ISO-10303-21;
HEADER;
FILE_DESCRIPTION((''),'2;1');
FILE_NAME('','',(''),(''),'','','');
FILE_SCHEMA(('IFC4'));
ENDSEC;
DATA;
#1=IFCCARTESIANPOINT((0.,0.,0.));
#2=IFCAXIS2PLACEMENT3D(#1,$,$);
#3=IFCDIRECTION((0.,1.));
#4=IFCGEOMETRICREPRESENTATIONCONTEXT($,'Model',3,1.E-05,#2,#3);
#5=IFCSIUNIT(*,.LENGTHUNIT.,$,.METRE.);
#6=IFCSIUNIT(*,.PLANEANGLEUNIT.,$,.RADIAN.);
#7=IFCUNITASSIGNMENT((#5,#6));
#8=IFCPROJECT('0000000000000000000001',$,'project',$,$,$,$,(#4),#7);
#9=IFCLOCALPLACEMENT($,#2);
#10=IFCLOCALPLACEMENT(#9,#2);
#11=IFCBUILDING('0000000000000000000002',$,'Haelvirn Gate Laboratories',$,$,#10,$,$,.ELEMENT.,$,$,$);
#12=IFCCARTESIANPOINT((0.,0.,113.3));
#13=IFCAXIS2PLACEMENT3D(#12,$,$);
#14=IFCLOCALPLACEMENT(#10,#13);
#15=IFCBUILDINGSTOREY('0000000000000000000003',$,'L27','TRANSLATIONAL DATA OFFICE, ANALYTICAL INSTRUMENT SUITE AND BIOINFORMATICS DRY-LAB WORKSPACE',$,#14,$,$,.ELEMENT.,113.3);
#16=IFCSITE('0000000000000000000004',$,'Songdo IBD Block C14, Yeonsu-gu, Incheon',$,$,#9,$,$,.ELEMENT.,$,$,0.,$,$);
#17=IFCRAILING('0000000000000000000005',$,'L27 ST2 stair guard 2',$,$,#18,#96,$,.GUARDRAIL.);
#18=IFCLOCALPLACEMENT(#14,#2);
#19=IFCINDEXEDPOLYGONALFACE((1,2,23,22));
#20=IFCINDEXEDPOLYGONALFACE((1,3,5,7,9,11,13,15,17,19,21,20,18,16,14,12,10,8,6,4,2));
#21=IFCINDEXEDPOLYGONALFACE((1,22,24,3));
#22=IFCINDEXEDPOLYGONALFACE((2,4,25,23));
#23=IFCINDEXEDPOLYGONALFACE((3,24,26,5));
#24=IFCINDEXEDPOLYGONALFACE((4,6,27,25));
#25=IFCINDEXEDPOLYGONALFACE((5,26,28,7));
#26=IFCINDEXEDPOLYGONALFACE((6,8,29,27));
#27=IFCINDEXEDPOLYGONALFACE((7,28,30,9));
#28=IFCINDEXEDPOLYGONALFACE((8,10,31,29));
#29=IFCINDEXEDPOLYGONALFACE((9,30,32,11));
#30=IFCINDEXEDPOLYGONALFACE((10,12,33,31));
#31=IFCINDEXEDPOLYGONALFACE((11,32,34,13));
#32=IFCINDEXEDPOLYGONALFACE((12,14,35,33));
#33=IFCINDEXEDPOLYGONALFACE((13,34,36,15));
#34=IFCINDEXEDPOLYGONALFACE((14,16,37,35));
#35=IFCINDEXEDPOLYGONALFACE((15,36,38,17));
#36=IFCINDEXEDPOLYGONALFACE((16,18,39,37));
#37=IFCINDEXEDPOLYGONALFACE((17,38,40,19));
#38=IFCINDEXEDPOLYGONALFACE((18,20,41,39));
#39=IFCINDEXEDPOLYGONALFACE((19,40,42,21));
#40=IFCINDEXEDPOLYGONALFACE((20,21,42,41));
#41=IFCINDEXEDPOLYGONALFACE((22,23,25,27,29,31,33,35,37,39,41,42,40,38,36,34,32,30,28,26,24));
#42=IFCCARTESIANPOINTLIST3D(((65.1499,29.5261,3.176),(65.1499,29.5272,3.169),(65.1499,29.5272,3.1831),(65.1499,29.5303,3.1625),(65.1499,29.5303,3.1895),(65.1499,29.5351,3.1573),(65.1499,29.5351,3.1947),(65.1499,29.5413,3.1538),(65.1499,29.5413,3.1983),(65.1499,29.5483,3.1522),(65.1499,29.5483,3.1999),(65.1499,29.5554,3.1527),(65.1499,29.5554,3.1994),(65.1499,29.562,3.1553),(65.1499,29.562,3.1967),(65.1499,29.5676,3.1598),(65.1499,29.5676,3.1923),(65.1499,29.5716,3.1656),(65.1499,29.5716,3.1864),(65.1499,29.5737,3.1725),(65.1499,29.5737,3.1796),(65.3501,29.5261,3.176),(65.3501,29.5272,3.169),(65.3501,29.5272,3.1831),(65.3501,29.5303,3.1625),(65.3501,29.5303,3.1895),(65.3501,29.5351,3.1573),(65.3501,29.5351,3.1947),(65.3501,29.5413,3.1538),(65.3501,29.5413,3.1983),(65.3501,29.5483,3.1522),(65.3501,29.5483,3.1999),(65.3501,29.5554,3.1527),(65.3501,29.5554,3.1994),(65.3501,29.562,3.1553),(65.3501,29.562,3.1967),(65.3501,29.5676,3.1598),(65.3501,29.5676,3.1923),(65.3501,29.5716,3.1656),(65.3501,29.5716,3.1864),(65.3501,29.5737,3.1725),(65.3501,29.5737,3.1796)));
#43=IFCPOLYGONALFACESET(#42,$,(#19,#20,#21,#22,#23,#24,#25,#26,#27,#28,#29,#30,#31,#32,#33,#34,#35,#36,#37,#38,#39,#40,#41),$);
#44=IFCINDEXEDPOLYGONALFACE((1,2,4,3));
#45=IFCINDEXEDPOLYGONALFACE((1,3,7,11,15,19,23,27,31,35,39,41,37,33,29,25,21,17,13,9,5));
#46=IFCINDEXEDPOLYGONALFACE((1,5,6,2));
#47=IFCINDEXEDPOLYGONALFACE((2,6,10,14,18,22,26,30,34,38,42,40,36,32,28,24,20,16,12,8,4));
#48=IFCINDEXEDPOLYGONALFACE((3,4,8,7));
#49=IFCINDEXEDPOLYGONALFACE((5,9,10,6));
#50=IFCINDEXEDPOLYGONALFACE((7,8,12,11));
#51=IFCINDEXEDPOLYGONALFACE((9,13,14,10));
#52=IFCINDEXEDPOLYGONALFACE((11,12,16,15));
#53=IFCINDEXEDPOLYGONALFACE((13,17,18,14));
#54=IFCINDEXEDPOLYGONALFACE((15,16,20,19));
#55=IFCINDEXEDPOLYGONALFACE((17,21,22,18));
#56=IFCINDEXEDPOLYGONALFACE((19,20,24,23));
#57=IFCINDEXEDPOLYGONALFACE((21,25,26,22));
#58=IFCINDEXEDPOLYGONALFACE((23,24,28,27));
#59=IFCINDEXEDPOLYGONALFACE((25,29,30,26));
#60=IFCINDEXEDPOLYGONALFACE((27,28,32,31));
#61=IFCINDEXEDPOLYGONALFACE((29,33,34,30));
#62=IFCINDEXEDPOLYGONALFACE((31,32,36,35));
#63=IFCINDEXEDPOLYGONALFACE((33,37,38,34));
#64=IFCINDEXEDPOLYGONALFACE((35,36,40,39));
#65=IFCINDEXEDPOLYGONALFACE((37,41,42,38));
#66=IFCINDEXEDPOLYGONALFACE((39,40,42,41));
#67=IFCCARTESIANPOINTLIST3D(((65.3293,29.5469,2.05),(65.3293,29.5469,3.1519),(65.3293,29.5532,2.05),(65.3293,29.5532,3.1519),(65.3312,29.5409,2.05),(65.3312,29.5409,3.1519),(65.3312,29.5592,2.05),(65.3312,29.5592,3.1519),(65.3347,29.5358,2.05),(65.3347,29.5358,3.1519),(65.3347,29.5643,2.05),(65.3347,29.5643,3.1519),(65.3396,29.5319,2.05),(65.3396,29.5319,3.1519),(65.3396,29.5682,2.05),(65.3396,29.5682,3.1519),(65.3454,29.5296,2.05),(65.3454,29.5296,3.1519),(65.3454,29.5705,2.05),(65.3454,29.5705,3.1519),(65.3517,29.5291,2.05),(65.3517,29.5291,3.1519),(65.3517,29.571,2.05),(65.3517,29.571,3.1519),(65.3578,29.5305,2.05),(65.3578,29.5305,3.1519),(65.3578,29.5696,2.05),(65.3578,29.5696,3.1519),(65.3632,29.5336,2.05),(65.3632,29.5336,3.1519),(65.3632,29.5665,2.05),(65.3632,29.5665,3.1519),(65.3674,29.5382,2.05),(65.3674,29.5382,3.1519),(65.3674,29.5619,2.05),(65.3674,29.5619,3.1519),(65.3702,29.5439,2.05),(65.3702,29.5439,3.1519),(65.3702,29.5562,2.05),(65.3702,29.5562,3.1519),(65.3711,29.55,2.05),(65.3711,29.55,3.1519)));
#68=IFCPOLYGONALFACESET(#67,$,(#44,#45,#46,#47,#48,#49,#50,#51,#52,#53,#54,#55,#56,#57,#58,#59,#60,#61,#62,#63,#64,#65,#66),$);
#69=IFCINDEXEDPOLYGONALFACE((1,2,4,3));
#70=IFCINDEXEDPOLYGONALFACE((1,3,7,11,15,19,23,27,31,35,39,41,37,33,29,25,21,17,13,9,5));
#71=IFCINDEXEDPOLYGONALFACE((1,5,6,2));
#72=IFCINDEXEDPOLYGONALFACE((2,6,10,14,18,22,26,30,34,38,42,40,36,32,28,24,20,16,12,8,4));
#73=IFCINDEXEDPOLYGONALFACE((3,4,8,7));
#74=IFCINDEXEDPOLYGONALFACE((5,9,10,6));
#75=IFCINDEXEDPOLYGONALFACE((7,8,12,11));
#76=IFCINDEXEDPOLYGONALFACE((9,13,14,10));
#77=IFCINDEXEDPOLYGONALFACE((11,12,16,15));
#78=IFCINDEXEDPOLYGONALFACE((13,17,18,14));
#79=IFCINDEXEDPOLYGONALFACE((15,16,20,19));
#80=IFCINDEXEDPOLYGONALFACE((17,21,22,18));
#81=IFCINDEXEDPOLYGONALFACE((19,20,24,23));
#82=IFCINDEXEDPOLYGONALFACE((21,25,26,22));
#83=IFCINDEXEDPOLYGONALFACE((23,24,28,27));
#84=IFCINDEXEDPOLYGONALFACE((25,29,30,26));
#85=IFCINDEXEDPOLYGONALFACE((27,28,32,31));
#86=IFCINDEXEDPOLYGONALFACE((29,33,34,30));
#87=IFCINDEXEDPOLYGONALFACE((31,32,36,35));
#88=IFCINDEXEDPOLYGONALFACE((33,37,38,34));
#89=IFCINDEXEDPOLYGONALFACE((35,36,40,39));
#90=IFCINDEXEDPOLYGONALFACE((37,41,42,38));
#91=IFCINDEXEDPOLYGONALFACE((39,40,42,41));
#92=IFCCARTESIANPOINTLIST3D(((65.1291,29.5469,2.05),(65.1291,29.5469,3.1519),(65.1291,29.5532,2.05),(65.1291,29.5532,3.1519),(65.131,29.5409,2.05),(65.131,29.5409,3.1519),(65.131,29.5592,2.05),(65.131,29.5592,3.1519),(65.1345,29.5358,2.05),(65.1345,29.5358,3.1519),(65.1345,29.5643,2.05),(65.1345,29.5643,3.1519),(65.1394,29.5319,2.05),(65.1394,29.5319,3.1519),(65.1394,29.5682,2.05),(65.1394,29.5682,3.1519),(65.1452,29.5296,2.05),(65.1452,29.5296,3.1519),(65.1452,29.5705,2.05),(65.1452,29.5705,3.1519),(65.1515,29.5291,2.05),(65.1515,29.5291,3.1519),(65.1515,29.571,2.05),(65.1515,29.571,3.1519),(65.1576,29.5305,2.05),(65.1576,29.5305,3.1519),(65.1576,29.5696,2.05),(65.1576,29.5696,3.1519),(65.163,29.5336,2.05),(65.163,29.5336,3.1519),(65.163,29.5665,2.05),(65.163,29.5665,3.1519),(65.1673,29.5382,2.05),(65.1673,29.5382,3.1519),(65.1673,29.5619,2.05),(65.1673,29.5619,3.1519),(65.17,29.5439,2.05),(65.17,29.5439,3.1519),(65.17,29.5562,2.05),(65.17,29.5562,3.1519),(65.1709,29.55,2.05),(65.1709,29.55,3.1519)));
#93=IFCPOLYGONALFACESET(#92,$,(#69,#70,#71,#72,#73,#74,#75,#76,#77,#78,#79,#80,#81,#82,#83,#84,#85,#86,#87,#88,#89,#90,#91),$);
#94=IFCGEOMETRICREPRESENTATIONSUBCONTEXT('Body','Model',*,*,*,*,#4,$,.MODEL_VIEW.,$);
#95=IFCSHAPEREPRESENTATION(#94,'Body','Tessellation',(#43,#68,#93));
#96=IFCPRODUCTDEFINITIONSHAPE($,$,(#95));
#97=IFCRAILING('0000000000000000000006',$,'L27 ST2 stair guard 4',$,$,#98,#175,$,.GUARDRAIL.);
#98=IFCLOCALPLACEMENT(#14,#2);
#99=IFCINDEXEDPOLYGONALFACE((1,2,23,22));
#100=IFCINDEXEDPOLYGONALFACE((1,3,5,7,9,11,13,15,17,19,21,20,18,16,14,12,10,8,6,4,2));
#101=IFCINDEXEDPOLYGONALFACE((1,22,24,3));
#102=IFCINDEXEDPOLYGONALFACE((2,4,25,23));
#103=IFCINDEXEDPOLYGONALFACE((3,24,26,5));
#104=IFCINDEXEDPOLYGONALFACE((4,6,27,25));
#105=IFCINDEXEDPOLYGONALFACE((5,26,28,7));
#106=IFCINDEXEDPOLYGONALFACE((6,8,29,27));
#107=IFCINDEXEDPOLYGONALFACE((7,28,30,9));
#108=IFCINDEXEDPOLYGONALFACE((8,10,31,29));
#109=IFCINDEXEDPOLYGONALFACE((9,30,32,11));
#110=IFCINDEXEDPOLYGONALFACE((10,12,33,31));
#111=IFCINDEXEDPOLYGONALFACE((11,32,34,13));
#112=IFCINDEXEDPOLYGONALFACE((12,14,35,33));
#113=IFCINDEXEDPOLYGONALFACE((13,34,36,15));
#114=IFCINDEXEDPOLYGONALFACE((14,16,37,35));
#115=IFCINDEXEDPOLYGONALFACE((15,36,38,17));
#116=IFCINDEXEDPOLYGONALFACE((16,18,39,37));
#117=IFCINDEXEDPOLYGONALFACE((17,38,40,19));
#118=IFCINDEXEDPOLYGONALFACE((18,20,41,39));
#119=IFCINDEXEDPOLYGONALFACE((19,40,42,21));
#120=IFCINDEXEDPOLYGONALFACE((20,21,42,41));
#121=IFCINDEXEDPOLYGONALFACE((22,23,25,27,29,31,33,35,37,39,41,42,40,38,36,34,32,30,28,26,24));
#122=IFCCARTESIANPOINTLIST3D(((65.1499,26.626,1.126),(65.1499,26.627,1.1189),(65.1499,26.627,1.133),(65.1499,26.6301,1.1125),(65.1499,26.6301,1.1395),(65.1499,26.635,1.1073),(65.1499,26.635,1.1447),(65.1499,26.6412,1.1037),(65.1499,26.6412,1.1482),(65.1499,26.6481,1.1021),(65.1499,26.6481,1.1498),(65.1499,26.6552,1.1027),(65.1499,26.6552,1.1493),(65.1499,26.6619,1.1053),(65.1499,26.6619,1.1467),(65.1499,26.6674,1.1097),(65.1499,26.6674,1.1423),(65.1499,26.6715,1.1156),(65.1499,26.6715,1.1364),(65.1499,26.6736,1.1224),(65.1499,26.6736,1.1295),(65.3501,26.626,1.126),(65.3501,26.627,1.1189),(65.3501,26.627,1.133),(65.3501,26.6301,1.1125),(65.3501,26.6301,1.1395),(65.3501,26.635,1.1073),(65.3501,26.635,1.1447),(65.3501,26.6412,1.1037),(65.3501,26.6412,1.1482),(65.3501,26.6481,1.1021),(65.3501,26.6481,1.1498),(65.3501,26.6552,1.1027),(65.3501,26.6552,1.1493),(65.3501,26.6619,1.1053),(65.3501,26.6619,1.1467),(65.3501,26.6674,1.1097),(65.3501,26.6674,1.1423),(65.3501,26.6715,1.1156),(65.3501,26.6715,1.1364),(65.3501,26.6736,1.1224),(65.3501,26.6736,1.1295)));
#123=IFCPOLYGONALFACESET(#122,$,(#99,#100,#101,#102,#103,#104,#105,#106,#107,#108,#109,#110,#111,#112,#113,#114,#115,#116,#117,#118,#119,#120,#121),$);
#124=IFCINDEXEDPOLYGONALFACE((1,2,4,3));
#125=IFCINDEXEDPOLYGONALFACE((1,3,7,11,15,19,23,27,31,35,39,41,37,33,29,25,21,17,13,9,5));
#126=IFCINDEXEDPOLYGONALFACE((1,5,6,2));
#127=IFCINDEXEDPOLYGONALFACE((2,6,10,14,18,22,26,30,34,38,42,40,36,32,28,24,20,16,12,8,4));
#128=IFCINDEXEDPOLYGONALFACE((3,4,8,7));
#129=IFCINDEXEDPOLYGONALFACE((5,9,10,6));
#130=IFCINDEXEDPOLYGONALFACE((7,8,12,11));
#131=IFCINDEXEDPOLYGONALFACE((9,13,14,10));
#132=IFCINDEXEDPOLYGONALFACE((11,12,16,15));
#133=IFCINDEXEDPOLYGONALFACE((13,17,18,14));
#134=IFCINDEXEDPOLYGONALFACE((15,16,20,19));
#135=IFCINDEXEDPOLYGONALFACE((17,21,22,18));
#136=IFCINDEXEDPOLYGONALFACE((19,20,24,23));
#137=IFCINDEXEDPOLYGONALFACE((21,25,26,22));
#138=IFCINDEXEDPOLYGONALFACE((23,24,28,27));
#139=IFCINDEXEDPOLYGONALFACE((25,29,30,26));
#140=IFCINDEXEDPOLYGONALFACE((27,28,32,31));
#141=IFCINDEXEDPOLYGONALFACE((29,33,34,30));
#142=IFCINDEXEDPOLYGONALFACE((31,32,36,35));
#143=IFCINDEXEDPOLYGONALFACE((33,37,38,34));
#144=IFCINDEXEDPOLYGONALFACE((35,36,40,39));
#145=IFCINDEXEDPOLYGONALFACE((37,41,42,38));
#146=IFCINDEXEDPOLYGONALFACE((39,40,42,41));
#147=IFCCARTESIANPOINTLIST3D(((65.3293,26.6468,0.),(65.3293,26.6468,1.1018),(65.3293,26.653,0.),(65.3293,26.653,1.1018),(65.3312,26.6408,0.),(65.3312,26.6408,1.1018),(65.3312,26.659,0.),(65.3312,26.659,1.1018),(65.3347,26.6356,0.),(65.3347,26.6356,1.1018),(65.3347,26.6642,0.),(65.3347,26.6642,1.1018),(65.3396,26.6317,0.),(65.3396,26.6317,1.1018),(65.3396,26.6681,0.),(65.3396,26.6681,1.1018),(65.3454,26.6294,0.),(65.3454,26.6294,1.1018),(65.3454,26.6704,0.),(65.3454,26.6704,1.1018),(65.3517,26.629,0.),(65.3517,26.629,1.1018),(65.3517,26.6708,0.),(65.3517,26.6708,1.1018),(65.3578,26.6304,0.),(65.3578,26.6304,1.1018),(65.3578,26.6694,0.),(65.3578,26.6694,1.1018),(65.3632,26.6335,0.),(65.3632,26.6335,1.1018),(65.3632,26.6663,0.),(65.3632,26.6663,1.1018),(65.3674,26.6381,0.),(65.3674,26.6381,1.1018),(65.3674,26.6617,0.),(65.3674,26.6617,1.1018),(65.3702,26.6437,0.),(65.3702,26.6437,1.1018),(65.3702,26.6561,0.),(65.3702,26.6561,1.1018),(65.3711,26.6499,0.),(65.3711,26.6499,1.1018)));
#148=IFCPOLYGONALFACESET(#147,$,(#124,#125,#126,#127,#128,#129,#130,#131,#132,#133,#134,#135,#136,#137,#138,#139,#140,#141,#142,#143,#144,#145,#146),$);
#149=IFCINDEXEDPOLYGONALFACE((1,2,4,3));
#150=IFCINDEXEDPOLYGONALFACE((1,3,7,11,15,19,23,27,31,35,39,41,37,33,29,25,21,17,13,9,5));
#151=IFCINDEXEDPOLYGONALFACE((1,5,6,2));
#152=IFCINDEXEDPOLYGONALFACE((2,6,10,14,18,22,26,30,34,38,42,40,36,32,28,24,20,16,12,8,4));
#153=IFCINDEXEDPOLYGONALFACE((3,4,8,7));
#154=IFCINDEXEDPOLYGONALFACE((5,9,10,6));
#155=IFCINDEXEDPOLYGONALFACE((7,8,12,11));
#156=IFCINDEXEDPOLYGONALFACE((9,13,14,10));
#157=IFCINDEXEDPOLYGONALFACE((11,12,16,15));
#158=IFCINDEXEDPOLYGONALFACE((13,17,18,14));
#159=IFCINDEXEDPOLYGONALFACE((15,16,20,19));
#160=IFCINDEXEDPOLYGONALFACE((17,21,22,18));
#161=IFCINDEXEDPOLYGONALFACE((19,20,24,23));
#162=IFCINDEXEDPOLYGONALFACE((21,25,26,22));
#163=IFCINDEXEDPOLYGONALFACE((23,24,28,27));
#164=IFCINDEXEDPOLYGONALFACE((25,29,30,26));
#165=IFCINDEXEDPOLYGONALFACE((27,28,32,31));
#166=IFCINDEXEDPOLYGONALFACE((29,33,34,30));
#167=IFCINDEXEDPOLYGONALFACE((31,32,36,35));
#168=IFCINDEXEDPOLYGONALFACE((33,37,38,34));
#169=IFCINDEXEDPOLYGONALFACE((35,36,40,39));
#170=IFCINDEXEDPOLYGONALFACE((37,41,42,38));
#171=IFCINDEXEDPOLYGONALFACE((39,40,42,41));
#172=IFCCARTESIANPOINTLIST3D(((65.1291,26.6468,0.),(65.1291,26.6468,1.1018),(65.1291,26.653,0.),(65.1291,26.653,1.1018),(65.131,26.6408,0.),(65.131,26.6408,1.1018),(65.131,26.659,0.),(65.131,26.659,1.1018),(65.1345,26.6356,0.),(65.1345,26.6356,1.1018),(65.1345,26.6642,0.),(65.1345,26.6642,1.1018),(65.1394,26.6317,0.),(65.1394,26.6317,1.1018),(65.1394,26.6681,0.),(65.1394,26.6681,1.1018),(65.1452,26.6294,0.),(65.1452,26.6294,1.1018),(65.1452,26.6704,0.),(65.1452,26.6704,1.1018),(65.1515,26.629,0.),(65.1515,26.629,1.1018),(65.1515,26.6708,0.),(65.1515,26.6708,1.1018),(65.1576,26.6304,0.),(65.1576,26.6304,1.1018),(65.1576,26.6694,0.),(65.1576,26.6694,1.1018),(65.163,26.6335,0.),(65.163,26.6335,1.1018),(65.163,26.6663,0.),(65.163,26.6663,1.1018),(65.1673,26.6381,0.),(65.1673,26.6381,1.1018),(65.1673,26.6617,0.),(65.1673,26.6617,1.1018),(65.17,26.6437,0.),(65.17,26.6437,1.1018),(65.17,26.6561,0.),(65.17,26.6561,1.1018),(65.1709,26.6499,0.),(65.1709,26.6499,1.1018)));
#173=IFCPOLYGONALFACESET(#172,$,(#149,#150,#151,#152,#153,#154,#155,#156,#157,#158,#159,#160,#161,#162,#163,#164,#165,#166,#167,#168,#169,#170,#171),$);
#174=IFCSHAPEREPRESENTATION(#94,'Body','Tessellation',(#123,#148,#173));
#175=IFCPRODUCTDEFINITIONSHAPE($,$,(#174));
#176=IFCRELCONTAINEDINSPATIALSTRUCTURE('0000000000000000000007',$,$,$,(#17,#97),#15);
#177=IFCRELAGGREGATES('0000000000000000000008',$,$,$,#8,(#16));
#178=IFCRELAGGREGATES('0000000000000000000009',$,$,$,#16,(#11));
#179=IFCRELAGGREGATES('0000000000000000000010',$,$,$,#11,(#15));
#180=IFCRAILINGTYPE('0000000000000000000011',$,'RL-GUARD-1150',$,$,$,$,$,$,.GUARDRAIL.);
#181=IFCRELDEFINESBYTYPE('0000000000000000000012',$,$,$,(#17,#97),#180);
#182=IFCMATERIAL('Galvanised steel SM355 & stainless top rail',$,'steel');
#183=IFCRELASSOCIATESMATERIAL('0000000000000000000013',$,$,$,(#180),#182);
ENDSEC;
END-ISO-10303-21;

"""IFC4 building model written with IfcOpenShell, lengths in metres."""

from ifc_helpers import new_model, si_unit, direction, frame, origin, origin_2d, place, context, subcontext, project, spatial, circle, extrude, source, transform, mapped, material, type_object, element, save


model = new_model("IFC4")

# Units and contexts
model_context = context("Model", 3, precision=1e-05, world=origin(), true_north=direction((0.0, 1.0)))
body_context = subcontext(model_context, "Body", "Model", "MODEL_VIEW")
ifc_project = project(units=[si_unit("LENGTHUNIT", "METRE"), si_unit("PLANEANGLEUNIT", "RADIAN")], contexts=[model_context])

# Site, building, storey
site_placement = place(None, origin())
site = spatial("IfcSite", under=ifc_project, at=site_placement, Name="Songdo IBD Block C14, Yeonsu-gu, Incheon", CompositionType="ELEMENT", RefElevation=0.0)
building_placement = place(site_placement, origin())
building = spatial("IfcBuilding", under=site, at=building_placement, Name="Haelvirn Gate Laboratories", CompositionType="ELEMENT")
storey_placement = place(building_placement, frame((0.0, 0.0, 113.3)))
storey = spatial("IfcBuildingStorey", under=building, at=storey_placement, Name="L27", Description="TRANSLATIONAL DATA OFFICE, ANALYTICAL INSTRUMENT SUITE AND BIOINFORMATICS DRY-LAB WORKSPACE", CompositionType="ELEMENT", Elevation=113.3)

# Railings
ifc_material_1 = material(Name="Galvanised steel SM355 & stainless top rail", Category="steel")
railing_type_1 = type_object("IfcRailingType", Name="RL-GUARD-1150", PredefinedType="GUARDRAIL", material=ifc_material_1)
shared_shape_1 = source(origin(), body_context, "Body", "SweptSolid", [
    extrude(circle(Radius=0.0239, at=origin_2d()), frame((0.0, 0.0, 1.126), z_axis=(-1.0, 0.0, 0.0), x_axis=(0.0, -1.0, 0.0)), (0.0, 0.0, 1.0), 0.2002),
    extrude(circle(Radius=0.021, at=origin_2d()), origin(), (0.0, 0.0, 1.0), 1.1018),
    extrude(circle(Radius=0.021, at=origin_2d()), frame((-0.2002, 0.0, 0.0)), (0.0, 0.0, 1.0), 1.1018),
])
for number, where, name in (
    (1, (65.3501, 29.55, 2.05), "L27 ST2 stair guard 2"),
    (2, (65.3501, 26.6499, 0.0), "L27 ST2 stair guard 4"),
):
    element("IfcRailing", number, at=place(storey_placement, frame(where)), inside=storey, type_object=railing_type_1, Name=name, PredefinedType="GUARDRAIL", context=body_context, shape_type="MappedRepresentation", body=[
        mapped(shared_shape_1, transform((0.0, 0.0, 0.0), scale=1.0)),
    ])

save(model, "model.ifc")
